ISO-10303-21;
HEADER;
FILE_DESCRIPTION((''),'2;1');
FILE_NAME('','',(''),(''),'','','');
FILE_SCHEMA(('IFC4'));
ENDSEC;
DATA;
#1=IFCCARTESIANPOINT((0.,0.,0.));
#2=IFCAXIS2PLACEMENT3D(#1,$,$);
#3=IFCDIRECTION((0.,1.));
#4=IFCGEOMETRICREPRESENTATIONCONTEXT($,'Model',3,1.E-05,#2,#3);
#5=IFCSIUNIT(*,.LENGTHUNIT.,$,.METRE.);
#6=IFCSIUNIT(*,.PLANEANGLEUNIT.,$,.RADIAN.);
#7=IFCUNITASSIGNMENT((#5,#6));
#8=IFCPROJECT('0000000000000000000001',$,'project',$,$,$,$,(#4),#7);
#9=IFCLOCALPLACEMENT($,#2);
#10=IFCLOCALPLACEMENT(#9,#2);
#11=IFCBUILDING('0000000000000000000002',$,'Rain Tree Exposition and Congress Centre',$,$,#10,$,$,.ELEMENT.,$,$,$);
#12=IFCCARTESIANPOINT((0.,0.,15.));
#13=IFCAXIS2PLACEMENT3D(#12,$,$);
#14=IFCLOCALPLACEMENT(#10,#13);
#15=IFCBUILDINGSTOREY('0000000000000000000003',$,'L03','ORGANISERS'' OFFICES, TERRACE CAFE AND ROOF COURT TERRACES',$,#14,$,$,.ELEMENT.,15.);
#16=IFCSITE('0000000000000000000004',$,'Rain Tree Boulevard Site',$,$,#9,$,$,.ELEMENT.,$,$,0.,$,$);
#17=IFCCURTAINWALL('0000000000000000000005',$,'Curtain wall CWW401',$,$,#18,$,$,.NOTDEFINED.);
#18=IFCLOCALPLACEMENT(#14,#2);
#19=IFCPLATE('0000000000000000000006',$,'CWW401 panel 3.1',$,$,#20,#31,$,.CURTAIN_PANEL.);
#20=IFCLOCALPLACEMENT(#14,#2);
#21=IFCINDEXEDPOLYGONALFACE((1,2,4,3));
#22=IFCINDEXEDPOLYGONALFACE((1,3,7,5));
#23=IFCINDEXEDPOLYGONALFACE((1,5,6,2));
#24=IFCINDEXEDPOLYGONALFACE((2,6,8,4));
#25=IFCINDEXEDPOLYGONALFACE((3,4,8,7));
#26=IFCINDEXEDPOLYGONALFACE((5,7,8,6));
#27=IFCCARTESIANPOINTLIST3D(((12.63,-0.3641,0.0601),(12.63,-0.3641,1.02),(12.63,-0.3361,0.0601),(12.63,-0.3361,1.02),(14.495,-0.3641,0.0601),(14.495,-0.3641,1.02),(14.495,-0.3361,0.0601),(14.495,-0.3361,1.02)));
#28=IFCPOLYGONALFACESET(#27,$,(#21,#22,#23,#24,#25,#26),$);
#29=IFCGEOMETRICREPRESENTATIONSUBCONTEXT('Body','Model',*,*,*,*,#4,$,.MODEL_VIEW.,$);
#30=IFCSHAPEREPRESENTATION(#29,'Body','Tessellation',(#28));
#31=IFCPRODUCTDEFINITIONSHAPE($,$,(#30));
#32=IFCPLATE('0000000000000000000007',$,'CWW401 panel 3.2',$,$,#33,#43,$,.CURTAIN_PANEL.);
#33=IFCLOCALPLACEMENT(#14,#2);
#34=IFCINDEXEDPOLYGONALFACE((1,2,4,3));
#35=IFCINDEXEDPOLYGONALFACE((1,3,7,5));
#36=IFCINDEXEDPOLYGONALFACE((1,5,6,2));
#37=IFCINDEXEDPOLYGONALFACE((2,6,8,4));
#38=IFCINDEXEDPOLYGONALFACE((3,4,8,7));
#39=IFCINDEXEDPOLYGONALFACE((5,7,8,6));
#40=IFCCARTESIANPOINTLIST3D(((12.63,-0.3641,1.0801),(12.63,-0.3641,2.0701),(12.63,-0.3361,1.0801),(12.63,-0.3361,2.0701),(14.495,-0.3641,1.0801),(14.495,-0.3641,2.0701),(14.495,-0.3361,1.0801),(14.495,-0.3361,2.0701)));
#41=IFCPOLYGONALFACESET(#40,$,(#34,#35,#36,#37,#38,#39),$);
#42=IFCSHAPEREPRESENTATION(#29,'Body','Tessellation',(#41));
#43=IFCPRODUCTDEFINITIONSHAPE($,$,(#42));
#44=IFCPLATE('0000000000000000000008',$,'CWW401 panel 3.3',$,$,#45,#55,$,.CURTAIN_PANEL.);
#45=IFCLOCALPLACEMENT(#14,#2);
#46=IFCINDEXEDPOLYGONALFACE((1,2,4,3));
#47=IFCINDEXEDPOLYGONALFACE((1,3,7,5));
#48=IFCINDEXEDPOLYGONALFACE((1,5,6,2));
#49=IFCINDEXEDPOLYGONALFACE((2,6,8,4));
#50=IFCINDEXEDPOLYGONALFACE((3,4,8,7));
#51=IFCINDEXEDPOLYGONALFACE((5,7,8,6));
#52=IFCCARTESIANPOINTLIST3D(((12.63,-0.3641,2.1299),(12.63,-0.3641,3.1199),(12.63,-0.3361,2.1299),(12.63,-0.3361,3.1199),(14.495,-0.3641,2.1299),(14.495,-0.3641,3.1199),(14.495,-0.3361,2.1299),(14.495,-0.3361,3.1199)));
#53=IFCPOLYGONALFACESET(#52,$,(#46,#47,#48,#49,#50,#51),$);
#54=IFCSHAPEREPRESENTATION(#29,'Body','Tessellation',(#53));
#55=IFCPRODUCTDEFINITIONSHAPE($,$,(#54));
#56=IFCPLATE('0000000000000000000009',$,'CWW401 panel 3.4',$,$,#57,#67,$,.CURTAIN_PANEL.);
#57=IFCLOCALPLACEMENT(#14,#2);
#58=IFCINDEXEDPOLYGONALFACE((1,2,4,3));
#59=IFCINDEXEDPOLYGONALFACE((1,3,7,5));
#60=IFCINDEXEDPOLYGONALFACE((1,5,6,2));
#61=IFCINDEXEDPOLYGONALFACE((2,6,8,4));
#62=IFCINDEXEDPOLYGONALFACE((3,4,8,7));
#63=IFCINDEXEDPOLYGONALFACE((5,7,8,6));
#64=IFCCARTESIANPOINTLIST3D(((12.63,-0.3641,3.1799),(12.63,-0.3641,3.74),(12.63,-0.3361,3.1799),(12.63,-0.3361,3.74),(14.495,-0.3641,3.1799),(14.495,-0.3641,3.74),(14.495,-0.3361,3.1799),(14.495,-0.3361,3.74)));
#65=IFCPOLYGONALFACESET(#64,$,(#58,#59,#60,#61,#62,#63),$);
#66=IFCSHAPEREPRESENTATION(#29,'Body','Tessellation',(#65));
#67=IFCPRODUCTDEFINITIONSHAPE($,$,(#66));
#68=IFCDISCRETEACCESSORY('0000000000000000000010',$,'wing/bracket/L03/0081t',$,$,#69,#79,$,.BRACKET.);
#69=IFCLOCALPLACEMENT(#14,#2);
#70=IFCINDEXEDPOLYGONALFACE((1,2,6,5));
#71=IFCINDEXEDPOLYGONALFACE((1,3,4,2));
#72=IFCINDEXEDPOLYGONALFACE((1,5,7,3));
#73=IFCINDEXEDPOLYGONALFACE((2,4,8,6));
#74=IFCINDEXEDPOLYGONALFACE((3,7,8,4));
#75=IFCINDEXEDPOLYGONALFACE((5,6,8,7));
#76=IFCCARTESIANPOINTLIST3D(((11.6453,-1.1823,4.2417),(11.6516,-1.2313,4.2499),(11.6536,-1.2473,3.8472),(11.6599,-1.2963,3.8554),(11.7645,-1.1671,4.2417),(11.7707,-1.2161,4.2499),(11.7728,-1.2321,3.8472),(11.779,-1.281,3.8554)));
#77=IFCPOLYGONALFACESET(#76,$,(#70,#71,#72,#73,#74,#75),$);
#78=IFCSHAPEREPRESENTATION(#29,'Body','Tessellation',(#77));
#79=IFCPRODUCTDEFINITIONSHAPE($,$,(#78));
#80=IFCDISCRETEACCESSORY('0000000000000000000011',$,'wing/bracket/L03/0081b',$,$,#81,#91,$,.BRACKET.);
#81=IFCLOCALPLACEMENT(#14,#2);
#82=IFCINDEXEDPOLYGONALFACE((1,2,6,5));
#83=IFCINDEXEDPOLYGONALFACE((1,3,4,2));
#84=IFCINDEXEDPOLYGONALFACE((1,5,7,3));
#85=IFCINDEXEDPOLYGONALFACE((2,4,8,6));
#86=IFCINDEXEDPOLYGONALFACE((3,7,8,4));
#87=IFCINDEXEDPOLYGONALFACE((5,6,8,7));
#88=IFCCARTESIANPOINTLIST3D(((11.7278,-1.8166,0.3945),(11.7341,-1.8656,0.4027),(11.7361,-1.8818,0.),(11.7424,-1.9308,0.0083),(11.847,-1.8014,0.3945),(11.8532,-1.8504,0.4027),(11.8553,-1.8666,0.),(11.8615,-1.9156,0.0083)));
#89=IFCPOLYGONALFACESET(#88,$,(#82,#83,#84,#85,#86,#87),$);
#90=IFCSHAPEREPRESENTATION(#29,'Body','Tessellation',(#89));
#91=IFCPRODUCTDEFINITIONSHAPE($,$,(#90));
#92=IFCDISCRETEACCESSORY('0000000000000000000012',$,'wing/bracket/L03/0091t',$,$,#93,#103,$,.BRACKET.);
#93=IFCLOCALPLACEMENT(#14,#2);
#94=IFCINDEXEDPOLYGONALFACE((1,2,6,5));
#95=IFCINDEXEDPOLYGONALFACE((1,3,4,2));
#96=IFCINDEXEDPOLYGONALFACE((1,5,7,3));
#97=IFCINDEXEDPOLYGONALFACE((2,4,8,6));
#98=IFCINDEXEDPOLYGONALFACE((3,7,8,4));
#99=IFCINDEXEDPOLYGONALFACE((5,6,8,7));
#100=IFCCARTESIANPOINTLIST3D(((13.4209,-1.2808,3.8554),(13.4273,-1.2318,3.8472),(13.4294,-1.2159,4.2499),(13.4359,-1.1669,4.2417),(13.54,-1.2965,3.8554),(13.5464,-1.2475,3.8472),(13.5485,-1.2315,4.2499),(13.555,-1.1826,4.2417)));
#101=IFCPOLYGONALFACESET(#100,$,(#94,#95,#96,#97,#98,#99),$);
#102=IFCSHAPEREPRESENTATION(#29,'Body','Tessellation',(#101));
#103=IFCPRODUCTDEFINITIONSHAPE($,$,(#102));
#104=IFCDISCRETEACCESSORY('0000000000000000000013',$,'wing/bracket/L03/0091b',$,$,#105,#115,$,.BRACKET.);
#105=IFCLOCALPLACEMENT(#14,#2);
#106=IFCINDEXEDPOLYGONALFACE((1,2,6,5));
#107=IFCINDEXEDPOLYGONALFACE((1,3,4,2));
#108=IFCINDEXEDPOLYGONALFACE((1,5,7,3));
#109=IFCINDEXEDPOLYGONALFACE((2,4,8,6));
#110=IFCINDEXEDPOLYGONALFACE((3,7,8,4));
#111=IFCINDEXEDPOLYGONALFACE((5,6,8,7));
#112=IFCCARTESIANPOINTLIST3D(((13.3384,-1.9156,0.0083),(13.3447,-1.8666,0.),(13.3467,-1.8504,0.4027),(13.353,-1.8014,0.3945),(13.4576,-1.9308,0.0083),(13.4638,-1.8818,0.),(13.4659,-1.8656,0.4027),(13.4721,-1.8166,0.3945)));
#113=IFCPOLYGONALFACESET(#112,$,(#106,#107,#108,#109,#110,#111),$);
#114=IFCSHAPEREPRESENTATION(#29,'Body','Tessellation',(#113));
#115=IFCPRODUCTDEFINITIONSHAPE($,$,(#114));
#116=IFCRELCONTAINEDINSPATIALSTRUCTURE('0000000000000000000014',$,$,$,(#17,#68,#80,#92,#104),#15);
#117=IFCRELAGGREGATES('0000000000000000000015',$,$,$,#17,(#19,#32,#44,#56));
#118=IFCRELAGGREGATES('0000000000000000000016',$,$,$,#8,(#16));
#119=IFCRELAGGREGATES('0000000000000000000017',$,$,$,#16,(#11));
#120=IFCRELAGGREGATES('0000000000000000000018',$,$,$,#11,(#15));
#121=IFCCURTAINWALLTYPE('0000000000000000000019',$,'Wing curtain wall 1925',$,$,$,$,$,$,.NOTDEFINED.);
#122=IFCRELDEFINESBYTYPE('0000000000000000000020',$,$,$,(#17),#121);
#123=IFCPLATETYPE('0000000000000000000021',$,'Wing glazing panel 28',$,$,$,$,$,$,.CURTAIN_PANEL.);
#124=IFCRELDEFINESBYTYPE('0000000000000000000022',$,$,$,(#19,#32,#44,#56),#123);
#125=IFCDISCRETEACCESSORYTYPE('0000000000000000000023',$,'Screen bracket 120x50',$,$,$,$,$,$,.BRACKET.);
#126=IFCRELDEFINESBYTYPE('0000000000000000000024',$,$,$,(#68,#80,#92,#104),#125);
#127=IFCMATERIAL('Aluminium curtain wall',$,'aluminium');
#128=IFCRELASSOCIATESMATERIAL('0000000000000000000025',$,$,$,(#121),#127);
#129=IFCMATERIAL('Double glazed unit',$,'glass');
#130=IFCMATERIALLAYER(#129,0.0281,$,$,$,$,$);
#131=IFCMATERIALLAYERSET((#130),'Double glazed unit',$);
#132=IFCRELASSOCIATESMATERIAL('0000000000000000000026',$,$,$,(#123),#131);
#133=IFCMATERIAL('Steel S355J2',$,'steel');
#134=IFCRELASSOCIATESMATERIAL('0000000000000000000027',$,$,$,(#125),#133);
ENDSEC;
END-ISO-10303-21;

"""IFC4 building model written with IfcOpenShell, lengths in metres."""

from ifc_helpers import new_model, si_unit, direction, frame, origin, origin_2d, place, context, subcontext, project, spatial, rectangle, extrude, material, layer, layer_set, material_profile, profile_set, type_object, element, aggregate, save


model = new_model("IFC4")

# Units and contexts
model_context = context("Model", 3, precision=1e-05, world=origin(), true_north=direction((0.0, 1.0)))
body_context = subcontext(model_context, "Body", "Model", "MODEL_VIEW")
ifc_project = project(units=[si_unit("LENGTHUNIT", "METRE"), si_unit("PLANEANGLEUNIT", "RADIAN")], contexts=[model_context])

# Site, building, storey
site_placement = place(None, origin())
site = spatial("IfcSite", under=ifc_project, at=site_placement, Name="Rain Tree Boulevard Site", CompositionType="ELEMENT", RefElevation=0.0)
building_placement = place(site_placement, origin())
building = spatial("IfcBuilding", under=site, at=building_placement, Name="Rain Tree Exposition and Congress Centre", CompositionType="ELEMENT")
storey_placement = place(building_placement, frame((0.0, 0.0, 15.0)))
storey = spatial("IfcBuildingStorey", under=building, at=storey_placement, Name="L03", Description="ORGANISERS' OFFICES, TERRACE CAFE AND ROOF COURT TERRACES", CompositionType="ELEMENT", Elevation=15.0)

# Curtain wall, plates
ifc_material_1 = material(Name="Aluminium curtain wall", Category="aluminium")
curtain_wall_type = type_object("IfcCurtainWallType", Name="Wing curtain wall 1925", PredefinedType="NOTDEFINED", material=ifc_material_1)
curtain_wall_placement = place(storey_placement, origin())
curtain_wall = element("IfcCurtainWall", 1, at=curtain_wall_placement, inside=storey, type_object=curtain_wall_type, Name="Curtain wall CWW401", PredefinedType="NOTDEFINED")
ifc_material_2 = material(Name="Double glazed unit", Category="glass")
ifc_layer_1 = layer(ifc_material_2, 0.0281)
ifc_layer_set_1 = layer_set([ifc_layer_1], Name="Double glazed unit")
plate_type = type_object("IfcPlateType", Name="Wing glazing panel 28", PredefinedType="CURTAIN_PANEL", material=ifc_layer_set_1)
plate_1_placement = place(storey_placement, frame((13.5625, -0.3501, 0.0601), z_axis=(0.0, 0.0, 1.0), x_axis=(1.0, 0.0, 0.0)))
plate_1 = element("IfcPlate", 2, at=plate_1_placement, type_object=plate_type, Name="CWW401 panel 3.1", PredefinedType="CURTAIN_PANEL", context=body_context, shape_type="SweptSolid", body=[
    extrude(rectangle(XDim=1.865, YDim=0.0281, at=origin_2d()), origin(), (0.0, 0.0, 1.0), 0.96),
])
plate_2_placement = place(storey_placement, frame((13.5625, -0.3501, 1.0801), z_axis=(0.0, 0.0, 1.0), x_axis=(1.0, 0.0, 0.0)))
plate_2 = element("IfcPlate", 3, at=plate_2_placement, type_object=plate_type, Name="CWW401 panel 3.2", PredefinedType="CURTAIN_PANEL", context=body_context, shape_type="SweptSolid", body=[
    extrude(rectangle(XDim=1.865, YDim=0.0281, at=origin_2d()), origin(), (0.0, 0.0, 1.0), 0.99),
])
plate_3_placement = place(storey_placement, frame((13.5625, -0.3501, 2.1299), z_axis=(0.0, 0.0, 1.0), x_axis=(1.0, 0.0, 0.0)))
plate_3 = element("IfcPlate", 4, at=plate_3_placement, type_object=plate_type, Name="CWW401 panel 3.3", PredefinedType="CURTAIN_PANEL", context=body_context, shape_type="SweptSolid", body=[
    extrude(rectangle(XDim=1.865, YDim=0.0281, at=origin_2d()), origin(), (0.0, 0.0, 1.0), 0.99),
])
plate_4_placement = place(storey_placement, frame((13.5625, -0.3501, 3.1799), z_axis=(0.0, 0.0, 1.0), x_axis=(1.0, 0.0, 0.0)))
plate_4 = element("IfcPlate", 5, at=plate_4_placement, type_object=plate_type, Name="CWW401 panel 3.4", PredefinedType="CURTAIN_PANEL", context=body_context, shape_type="SweptSolid", body=[
    extrude(rectangle(XDim=1.865, YDim=0.0281, at=origin_2d()), origin(), (0.0, 0.0, 1.0), 0.5601),
])
aggregate(curtain_wall, [plate_1, plate_2, plate_3, plate_4])

# Discrete accessories
ifc_material_3 = material(Name="Steel S355J2", Category="steel")
ifc_material_profile_1 = material_profile(ifc_material_3, rectangle(XDim=0.1201, YDim=0.05, at=origin_2d()), Name="Flat bar 120x50")
ifc_profile_set_1 = profile_set([ifc_material_profile_1], Name="Steel S355J2")
discrete_accessory_type = type_object("IfcDiscreteAccessoryType", Name="Screen bracket 120x50", PredefinedType="BRACKET", material=ifc_profile_set_1)
for number, where, z_axis, x_axis, name in (
    (6, (11.7163, -1.2642, 3.8513), (-0.020756, 0.162383, 0.986509), (-0.99193, -0.126788, 0.0), "wing/bracket/L03/0081t"),
    (7, (11.7988, -1.8987, 0.0042), (-0.020754, 0.162978, 0.986411), (-0.991989, -0.126321, 0.0), "wing/bracket/L03/0081b"),
    (8, (13.4836, -1.2642, 3.8513), (0.021366, 0.162381, 0.986497), (-0.991454, 0.130455, 0.0), "wing/bracket/L03/0091t"),
    (9, (13.4011, -1.8987, 0.0042), (0.020754, 0.162978, 0.986411), (-0.991989, 0.126321, 0.0), "wing/bracket/L03/0091b"),
):
    element("IfcDiscreteAccessory", number, at=place(storey_placement, frame(where, z_axis=z_axis, x_axis=x_axis)), inside=storey, type_object=discrete_accessory_type, Name=name, PredefinedType="BRACKET", context=body_context, shape_type="SweptSolid", body=[
        extrude(rectangle(XDim=0.1201, YDim=0.05, at=origin_2d()), origin(), (0.0, 0.0, 1.0), 0.3999),
    ])

save(model, "model.ifc")
